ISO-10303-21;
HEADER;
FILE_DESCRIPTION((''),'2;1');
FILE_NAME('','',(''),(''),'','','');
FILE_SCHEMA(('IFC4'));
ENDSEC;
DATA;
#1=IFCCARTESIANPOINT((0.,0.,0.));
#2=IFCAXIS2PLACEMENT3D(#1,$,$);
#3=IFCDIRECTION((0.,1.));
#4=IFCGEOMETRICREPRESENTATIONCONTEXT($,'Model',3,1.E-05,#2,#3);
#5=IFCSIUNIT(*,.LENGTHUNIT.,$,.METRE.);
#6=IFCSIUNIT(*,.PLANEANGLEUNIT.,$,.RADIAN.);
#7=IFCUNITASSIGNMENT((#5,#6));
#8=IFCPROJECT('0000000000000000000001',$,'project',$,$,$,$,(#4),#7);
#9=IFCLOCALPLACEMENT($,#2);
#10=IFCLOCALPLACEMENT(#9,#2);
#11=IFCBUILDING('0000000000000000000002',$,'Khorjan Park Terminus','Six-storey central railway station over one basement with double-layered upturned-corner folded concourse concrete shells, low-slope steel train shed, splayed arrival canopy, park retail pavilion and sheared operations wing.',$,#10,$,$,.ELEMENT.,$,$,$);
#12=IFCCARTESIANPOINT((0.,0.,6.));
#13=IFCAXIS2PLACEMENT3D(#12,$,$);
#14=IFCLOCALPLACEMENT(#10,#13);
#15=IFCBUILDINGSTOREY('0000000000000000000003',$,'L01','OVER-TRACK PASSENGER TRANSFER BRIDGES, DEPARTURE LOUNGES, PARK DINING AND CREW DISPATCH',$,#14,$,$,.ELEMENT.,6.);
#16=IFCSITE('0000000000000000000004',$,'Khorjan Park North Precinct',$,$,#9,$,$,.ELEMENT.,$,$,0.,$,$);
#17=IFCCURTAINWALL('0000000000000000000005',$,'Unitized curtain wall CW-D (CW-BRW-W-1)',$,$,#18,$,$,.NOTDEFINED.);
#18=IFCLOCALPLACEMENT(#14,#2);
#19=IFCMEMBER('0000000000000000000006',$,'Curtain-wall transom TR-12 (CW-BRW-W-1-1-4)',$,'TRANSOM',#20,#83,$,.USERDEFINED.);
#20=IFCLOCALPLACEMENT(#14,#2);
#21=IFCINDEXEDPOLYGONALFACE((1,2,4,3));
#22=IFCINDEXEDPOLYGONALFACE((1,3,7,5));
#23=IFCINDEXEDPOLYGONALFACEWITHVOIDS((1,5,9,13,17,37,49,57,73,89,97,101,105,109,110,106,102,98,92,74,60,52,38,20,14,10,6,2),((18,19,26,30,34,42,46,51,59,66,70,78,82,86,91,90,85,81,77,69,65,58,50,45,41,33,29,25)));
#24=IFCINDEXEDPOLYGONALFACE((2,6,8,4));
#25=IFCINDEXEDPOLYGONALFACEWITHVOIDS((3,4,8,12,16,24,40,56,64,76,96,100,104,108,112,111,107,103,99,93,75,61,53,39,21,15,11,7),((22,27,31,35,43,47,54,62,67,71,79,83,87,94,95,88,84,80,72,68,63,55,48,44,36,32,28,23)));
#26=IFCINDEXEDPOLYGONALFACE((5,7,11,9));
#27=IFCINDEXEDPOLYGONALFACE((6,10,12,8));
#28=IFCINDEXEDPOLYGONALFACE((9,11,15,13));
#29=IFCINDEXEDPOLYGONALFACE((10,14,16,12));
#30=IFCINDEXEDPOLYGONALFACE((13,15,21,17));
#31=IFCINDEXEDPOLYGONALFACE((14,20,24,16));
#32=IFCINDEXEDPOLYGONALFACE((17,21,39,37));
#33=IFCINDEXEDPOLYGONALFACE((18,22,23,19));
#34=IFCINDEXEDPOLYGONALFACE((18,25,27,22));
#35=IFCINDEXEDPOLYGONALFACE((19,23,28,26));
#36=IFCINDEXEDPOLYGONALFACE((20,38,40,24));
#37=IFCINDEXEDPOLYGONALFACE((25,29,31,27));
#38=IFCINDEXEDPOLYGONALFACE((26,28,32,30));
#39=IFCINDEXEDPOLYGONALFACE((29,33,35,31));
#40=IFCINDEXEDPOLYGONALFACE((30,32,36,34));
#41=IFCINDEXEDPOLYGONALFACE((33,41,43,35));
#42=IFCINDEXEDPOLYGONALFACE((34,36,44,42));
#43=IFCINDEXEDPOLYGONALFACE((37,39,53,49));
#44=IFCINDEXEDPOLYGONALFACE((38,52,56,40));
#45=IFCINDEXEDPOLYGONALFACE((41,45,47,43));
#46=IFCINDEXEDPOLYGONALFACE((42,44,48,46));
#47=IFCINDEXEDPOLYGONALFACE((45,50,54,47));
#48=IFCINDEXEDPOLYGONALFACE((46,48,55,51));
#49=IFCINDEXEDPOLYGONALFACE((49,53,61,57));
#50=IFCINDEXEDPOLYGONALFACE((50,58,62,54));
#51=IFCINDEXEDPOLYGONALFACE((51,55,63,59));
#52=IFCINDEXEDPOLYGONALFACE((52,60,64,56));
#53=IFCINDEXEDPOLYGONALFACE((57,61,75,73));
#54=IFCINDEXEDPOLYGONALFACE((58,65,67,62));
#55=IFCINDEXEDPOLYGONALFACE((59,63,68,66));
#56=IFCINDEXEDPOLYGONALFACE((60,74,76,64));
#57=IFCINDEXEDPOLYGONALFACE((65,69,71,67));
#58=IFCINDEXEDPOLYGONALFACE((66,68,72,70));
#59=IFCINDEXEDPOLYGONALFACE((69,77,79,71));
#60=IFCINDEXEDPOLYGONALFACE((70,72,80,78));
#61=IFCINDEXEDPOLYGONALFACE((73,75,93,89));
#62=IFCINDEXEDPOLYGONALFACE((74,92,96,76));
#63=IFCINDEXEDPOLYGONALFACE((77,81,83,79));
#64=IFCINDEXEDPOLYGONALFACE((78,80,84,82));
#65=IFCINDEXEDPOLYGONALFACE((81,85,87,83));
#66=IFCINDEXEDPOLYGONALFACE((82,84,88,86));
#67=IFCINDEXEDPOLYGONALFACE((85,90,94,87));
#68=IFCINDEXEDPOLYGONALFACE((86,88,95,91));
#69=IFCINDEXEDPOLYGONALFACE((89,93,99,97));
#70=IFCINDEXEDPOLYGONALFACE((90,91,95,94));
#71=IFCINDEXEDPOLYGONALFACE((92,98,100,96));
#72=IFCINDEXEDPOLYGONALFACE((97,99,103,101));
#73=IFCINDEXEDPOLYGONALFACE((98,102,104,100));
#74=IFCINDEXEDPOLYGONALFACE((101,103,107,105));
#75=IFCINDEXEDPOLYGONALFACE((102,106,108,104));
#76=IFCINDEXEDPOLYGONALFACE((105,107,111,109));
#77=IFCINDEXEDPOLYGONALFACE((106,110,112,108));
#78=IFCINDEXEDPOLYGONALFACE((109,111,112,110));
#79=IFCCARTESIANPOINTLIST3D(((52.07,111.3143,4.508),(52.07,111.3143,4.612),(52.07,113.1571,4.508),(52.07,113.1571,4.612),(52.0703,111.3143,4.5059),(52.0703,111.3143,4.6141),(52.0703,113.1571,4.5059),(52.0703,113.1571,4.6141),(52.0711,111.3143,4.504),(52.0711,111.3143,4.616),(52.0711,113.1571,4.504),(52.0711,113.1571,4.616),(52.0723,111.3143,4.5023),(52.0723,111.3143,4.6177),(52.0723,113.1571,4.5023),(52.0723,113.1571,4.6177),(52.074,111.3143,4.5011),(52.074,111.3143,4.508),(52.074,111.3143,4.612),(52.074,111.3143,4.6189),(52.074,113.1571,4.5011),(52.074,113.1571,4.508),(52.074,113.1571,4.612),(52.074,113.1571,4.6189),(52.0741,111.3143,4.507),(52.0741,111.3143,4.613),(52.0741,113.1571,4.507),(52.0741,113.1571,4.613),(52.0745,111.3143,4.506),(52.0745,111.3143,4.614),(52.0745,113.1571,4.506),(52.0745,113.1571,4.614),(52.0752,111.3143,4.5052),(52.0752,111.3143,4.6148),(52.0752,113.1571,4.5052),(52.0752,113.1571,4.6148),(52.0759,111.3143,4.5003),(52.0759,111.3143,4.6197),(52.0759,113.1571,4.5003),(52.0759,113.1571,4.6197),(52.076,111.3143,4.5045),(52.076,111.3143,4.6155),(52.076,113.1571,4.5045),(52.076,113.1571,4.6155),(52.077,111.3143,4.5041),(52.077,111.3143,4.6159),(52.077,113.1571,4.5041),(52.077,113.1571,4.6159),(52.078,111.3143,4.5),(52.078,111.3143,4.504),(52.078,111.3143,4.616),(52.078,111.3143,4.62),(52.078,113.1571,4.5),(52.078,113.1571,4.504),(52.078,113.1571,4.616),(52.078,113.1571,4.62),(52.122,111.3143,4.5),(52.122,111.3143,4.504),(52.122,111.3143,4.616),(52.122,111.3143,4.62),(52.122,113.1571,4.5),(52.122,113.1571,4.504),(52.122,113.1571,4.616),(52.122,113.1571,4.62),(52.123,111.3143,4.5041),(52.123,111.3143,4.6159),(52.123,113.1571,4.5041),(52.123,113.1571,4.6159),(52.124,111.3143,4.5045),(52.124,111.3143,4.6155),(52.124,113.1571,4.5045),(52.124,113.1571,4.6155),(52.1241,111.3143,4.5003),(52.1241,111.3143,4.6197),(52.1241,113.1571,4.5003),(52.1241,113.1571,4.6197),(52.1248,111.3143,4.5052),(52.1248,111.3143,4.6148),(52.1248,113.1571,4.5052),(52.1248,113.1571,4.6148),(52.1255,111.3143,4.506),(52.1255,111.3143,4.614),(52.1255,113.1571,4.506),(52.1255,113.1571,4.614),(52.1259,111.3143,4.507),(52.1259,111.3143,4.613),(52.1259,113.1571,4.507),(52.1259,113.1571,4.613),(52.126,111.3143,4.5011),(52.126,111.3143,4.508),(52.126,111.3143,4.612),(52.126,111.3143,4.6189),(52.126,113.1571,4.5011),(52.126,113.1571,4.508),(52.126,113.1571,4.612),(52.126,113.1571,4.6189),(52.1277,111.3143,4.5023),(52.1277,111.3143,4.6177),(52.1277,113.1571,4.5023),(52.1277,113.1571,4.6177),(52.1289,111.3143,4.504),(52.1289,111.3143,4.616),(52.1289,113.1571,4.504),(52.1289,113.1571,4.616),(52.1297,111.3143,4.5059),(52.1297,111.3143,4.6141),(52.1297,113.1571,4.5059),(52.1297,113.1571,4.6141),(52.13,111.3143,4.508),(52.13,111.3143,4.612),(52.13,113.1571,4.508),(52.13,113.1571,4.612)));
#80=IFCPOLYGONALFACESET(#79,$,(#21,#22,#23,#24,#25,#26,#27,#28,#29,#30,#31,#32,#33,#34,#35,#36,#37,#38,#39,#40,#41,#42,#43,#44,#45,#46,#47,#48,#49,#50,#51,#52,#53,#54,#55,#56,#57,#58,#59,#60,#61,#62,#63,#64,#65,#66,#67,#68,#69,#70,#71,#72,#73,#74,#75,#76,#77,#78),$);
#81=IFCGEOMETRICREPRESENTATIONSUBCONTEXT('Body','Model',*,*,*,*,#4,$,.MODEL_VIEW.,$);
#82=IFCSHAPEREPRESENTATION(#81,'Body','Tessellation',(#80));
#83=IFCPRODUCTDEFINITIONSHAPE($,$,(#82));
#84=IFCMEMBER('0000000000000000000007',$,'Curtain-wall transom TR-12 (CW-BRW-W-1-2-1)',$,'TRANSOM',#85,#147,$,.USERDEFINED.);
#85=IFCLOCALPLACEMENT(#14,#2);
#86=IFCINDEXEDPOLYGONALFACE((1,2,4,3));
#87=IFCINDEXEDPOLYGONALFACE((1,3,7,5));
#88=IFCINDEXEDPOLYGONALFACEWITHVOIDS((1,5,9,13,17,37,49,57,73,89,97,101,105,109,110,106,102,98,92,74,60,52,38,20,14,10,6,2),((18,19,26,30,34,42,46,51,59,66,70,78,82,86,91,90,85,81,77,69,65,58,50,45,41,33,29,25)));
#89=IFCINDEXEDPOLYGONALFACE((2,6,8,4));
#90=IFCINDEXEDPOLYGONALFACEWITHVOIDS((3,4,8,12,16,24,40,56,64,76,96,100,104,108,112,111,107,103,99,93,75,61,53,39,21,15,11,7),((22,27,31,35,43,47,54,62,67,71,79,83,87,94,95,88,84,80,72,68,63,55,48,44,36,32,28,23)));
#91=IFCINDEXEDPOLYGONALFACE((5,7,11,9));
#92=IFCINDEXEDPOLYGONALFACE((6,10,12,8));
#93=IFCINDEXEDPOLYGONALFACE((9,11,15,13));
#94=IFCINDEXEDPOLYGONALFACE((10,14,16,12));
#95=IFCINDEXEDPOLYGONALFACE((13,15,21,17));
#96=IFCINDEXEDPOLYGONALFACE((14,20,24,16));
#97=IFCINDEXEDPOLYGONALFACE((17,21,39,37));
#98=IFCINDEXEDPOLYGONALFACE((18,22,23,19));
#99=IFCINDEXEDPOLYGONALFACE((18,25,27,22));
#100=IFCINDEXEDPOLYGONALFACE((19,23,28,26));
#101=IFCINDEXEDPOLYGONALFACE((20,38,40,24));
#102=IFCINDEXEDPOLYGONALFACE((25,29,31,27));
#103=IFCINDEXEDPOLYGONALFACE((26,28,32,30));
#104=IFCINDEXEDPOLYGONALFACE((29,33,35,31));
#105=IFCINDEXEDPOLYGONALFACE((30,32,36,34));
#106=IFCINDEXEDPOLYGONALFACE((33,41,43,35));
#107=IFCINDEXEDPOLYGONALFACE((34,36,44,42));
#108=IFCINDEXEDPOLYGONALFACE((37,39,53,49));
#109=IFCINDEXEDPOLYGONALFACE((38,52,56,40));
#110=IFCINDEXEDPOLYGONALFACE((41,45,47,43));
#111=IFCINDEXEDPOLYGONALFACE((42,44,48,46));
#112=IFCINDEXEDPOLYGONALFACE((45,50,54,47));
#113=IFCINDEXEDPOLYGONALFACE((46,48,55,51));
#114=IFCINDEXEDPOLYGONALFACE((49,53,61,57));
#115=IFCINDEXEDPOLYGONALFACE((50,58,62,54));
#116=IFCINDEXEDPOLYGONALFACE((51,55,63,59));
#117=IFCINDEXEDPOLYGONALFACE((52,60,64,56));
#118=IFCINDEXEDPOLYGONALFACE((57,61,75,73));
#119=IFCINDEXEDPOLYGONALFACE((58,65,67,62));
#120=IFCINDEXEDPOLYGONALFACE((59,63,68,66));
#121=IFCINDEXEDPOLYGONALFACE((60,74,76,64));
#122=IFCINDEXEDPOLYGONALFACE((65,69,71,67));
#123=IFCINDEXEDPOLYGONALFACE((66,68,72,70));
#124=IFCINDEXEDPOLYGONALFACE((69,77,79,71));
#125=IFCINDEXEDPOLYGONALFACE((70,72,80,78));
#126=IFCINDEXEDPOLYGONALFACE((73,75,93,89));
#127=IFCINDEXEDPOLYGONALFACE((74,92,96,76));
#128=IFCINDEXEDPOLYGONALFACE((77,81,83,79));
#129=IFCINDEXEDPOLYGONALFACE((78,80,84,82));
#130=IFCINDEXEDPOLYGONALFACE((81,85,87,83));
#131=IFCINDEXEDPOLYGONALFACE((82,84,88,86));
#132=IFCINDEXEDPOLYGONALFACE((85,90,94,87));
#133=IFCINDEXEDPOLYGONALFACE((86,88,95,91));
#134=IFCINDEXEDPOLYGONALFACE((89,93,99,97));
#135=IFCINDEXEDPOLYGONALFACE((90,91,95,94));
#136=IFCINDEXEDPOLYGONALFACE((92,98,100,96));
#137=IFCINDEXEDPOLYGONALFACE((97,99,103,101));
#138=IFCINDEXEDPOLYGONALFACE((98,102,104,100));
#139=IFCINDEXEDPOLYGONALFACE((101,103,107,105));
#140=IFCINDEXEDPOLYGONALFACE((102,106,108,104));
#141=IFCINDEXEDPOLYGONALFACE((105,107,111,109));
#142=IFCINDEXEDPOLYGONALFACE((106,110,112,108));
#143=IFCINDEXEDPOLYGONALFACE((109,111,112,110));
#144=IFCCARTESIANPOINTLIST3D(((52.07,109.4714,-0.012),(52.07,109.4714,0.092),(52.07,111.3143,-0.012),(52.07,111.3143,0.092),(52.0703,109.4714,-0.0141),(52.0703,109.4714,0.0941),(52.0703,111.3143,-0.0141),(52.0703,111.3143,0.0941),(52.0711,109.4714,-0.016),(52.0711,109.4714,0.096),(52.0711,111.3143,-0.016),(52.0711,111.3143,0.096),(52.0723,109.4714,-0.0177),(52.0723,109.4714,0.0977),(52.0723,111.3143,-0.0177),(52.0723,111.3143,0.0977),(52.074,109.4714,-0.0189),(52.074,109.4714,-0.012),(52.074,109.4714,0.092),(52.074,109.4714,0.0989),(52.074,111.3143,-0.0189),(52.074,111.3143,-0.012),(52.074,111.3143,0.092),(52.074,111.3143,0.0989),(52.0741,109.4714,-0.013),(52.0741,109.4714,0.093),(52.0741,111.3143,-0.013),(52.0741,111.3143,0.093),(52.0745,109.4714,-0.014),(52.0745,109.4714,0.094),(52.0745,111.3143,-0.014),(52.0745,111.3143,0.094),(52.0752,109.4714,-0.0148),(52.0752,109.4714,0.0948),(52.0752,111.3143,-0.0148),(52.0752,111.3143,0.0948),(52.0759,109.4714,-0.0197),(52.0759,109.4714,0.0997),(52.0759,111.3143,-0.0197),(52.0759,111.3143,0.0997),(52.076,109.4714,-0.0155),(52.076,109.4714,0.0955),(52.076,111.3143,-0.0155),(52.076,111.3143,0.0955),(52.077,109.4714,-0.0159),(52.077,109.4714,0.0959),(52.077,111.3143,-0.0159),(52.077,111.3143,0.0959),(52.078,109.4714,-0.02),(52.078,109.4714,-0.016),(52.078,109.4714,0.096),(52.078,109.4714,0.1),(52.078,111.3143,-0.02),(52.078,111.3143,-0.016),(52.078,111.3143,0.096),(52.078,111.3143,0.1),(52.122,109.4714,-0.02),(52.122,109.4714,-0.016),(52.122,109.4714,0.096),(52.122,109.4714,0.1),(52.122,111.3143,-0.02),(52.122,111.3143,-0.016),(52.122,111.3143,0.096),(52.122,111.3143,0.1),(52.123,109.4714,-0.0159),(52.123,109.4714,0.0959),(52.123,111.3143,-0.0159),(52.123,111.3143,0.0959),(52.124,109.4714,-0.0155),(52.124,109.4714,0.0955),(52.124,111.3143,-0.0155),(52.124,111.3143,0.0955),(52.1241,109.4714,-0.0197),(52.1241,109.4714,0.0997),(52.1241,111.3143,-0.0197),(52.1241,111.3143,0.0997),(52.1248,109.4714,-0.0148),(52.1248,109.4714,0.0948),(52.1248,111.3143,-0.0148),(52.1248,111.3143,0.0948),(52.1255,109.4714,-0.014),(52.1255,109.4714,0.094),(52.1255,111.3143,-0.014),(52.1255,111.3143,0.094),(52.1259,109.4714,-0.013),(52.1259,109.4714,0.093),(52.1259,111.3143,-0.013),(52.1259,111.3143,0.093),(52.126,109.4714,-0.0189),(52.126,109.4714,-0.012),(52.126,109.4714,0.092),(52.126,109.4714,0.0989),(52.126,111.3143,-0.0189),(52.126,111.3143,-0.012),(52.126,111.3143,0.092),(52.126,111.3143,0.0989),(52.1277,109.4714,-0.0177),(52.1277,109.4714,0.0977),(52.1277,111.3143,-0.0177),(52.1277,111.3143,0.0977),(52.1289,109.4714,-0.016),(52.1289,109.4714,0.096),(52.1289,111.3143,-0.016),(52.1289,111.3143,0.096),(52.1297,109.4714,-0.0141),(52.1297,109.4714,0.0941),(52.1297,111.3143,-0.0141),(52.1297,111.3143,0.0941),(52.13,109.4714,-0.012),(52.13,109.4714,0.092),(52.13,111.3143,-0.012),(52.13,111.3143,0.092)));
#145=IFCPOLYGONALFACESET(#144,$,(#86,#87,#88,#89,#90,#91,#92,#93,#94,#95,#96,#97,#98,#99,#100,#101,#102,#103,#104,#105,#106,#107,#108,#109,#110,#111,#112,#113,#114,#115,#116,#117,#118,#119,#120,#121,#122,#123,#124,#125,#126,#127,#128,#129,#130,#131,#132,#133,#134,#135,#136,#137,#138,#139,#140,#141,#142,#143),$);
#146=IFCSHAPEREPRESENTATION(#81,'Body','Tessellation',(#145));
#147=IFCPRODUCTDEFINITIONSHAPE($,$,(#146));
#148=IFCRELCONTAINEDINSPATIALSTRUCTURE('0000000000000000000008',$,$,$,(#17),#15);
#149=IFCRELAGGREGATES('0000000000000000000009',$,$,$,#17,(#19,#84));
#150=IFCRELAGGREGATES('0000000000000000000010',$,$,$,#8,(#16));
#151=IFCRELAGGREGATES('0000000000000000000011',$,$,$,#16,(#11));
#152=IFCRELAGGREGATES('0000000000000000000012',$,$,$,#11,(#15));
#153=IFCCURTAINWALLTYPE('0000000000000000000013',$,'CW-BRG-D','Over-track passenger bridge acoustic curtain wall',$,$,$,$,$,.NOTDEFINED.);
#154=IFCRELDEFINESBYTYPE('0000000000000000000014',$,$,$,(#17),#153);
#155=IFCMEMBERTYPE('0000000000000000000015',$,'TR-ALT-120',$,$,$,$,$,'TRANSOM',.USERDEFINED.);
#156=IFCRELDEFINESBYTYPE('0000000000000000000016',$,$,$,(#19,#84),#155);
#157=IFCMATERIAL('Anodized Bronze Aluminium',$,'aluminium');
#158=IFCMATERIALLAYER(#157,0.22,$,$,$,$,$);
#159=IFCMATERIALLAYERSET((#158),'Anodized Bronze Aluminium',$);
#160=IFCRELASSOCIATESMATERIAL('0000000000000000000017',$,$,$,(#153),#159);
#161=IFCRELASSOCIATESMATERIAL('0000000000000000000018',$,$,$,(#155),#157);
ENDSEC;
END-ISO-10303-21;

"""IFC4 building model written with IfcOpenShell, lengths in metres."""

from ifc_helpers import new_model, si_unit, direction, frame, origin, origin_2d, place, context, subcontext, project, spatial, hollow_rectangle, extrude, material, layer, layer_set, material_profile, profile_set, type_object, element, aggregate, save


model = new_model("IFC4")

# Units and contexts
model_context = context("Model", 3, precision=1e-05, world=origin(), true_north=direction((0.0, 1.0)))
body_context = subcontext(model_context, "Body", "Model", "MODEL_VIEW")
ifc_project = project(units=[si_unit("LENGTHUNIT", "METRE"), si_unit("PLANEANGLEUNIT", "RADIAN")], contexts=[model_context])

# Site, building, storey
site_placement = place(None, origin())
site = spatial("IfcSite", under=ifc_project, at=site_placement, Name="Khorjan Park North Precinct", CompositionType="ELEMENT", RefElevation=0.0)
building_placement = place(site_placement, origin())
building = spatial("IfcBuilding", under=site, at=building_placement, Name="Khorjan Park Terminus", Description="Six-storey central railway station over one basement with double-layered upturned-corner folded concourse concrete shells, low-slope steel train shed, splayed arrival canopy, park retail pavilion and sheared operations wing.", CompositionType="ELEMENT")
storey_placement = place(building_placement, frame((0.0, 0.0, 6.0)))
storey = spatial("IfcBuildingStorey", under=building, at=storey_placement, Name="L01", Description="OVER-TRACK PASSENGER TRANSFER BRIDGES, DEPARTURE LOUNGES, PARK DINING AND CREW DISPATCH", CompositionType="ELEMENT", Elevation=6.0)

# Curtain wall, members
ifc_material_1 = material(Name="Anodized Bronze Aluminium", Category="aluminium")
ifc_layer_1 = layer(ifc_material_1, 0.22)
ifc_layer_set_1 = layer_set([ifc_layer_1], Name="Anodized Bronze Aluminium")
curtain_wall_type = type_object("IfcCurtainWallType", Name="CW-BRG-D", Description="Over-track passenger bridge acoustic curtain wall", PredefinedType="NOTDEFINED", material=ifc_layer_set_1)
curtain_wall_1_placement = place(storey_placement, origin())
curtain_wall_1 = element("IfcCurtainWall", 1, at=curtain_wall_1_placement, inside=storey, type_object=curtain_wall_type, Name="Unitized curtain wall CW-D (CW-BRW-W-1)", PredefinedType="NOTDEFINED")
ifc_material_profile_1 = material_profile(ifc_material_1, hollow_rectangle(XDim=0.06, YDim=0.12, WallThickness=0.004, InnerFilletRadius=0.004, OuterFilletRadius=0.008, at=origin_2d()), Name="ALT 60x120x4")
ifc_profile_set_1 = profile_set([ifc_material_profile_1], Name="Anodized Bronze Aluminium")
member_type_1 = type_object("IfcMemberType", Name="TR-ALT-120", ElementType="TRANSOM", PredefinedType="USERDEFINED", material=ifc_profile_set_1)
member_1_placement = place(storey_placement, frame((52.1, 113.1571, 4.56), z_axis=(0.0, -1.0, 0.0), x_axis=(1.0, 0.0, 0.0)))
member_1 = element("IfcMember", 2, at=member_1_placement, type_object=member_type_1, Name="Curtain-wall transom TR-12 (CW-BRW-W-1-1-4)", ObjectType="TRANSOM", PredefinedType="USERDEFINED", context=body_context, shape_type="SweptSolid", body=[
    extrude(hollow_rectangle(XDim=0.06, YDim=0.12, WallThickness=0.004, InnerFilletRadius=0.004, OuterFilletRadius=0.008, at=origin_2d()), origin(), (0.0, 0.0, 1.0), 1.8428),
])
member_2_placement = place(storey_placement, frame((52.1, 111.3143, 0.04), z_axis=(0.0, -1.0, 0.0), x_axis=(1.0, 0.0, 0.0)))
member_2 = element("IfcMember", 3, at=member_2_placement, type_object=member_type_1, Name="Curtain-wall transom TR-12 (CW-BRW-W-1-2-1)", ObjectType="TRANSOM", PredefinedType="USERDEFINED", context=body_context, shape_type="SweptSolid", body=[
    extrude(hollow_rectangle(XDim=0.06, YDim=0.12, WallThickness=0.004, InnerFilletRadius=0.004, OuterFilletRadius=0.008, at=origin_2d()), origin(), (0.0, 0.0, 1.0), 1.8429),
])

aggregate(curtain_wall_1, [member_1, member_2])

save(model, "model.ifc")
